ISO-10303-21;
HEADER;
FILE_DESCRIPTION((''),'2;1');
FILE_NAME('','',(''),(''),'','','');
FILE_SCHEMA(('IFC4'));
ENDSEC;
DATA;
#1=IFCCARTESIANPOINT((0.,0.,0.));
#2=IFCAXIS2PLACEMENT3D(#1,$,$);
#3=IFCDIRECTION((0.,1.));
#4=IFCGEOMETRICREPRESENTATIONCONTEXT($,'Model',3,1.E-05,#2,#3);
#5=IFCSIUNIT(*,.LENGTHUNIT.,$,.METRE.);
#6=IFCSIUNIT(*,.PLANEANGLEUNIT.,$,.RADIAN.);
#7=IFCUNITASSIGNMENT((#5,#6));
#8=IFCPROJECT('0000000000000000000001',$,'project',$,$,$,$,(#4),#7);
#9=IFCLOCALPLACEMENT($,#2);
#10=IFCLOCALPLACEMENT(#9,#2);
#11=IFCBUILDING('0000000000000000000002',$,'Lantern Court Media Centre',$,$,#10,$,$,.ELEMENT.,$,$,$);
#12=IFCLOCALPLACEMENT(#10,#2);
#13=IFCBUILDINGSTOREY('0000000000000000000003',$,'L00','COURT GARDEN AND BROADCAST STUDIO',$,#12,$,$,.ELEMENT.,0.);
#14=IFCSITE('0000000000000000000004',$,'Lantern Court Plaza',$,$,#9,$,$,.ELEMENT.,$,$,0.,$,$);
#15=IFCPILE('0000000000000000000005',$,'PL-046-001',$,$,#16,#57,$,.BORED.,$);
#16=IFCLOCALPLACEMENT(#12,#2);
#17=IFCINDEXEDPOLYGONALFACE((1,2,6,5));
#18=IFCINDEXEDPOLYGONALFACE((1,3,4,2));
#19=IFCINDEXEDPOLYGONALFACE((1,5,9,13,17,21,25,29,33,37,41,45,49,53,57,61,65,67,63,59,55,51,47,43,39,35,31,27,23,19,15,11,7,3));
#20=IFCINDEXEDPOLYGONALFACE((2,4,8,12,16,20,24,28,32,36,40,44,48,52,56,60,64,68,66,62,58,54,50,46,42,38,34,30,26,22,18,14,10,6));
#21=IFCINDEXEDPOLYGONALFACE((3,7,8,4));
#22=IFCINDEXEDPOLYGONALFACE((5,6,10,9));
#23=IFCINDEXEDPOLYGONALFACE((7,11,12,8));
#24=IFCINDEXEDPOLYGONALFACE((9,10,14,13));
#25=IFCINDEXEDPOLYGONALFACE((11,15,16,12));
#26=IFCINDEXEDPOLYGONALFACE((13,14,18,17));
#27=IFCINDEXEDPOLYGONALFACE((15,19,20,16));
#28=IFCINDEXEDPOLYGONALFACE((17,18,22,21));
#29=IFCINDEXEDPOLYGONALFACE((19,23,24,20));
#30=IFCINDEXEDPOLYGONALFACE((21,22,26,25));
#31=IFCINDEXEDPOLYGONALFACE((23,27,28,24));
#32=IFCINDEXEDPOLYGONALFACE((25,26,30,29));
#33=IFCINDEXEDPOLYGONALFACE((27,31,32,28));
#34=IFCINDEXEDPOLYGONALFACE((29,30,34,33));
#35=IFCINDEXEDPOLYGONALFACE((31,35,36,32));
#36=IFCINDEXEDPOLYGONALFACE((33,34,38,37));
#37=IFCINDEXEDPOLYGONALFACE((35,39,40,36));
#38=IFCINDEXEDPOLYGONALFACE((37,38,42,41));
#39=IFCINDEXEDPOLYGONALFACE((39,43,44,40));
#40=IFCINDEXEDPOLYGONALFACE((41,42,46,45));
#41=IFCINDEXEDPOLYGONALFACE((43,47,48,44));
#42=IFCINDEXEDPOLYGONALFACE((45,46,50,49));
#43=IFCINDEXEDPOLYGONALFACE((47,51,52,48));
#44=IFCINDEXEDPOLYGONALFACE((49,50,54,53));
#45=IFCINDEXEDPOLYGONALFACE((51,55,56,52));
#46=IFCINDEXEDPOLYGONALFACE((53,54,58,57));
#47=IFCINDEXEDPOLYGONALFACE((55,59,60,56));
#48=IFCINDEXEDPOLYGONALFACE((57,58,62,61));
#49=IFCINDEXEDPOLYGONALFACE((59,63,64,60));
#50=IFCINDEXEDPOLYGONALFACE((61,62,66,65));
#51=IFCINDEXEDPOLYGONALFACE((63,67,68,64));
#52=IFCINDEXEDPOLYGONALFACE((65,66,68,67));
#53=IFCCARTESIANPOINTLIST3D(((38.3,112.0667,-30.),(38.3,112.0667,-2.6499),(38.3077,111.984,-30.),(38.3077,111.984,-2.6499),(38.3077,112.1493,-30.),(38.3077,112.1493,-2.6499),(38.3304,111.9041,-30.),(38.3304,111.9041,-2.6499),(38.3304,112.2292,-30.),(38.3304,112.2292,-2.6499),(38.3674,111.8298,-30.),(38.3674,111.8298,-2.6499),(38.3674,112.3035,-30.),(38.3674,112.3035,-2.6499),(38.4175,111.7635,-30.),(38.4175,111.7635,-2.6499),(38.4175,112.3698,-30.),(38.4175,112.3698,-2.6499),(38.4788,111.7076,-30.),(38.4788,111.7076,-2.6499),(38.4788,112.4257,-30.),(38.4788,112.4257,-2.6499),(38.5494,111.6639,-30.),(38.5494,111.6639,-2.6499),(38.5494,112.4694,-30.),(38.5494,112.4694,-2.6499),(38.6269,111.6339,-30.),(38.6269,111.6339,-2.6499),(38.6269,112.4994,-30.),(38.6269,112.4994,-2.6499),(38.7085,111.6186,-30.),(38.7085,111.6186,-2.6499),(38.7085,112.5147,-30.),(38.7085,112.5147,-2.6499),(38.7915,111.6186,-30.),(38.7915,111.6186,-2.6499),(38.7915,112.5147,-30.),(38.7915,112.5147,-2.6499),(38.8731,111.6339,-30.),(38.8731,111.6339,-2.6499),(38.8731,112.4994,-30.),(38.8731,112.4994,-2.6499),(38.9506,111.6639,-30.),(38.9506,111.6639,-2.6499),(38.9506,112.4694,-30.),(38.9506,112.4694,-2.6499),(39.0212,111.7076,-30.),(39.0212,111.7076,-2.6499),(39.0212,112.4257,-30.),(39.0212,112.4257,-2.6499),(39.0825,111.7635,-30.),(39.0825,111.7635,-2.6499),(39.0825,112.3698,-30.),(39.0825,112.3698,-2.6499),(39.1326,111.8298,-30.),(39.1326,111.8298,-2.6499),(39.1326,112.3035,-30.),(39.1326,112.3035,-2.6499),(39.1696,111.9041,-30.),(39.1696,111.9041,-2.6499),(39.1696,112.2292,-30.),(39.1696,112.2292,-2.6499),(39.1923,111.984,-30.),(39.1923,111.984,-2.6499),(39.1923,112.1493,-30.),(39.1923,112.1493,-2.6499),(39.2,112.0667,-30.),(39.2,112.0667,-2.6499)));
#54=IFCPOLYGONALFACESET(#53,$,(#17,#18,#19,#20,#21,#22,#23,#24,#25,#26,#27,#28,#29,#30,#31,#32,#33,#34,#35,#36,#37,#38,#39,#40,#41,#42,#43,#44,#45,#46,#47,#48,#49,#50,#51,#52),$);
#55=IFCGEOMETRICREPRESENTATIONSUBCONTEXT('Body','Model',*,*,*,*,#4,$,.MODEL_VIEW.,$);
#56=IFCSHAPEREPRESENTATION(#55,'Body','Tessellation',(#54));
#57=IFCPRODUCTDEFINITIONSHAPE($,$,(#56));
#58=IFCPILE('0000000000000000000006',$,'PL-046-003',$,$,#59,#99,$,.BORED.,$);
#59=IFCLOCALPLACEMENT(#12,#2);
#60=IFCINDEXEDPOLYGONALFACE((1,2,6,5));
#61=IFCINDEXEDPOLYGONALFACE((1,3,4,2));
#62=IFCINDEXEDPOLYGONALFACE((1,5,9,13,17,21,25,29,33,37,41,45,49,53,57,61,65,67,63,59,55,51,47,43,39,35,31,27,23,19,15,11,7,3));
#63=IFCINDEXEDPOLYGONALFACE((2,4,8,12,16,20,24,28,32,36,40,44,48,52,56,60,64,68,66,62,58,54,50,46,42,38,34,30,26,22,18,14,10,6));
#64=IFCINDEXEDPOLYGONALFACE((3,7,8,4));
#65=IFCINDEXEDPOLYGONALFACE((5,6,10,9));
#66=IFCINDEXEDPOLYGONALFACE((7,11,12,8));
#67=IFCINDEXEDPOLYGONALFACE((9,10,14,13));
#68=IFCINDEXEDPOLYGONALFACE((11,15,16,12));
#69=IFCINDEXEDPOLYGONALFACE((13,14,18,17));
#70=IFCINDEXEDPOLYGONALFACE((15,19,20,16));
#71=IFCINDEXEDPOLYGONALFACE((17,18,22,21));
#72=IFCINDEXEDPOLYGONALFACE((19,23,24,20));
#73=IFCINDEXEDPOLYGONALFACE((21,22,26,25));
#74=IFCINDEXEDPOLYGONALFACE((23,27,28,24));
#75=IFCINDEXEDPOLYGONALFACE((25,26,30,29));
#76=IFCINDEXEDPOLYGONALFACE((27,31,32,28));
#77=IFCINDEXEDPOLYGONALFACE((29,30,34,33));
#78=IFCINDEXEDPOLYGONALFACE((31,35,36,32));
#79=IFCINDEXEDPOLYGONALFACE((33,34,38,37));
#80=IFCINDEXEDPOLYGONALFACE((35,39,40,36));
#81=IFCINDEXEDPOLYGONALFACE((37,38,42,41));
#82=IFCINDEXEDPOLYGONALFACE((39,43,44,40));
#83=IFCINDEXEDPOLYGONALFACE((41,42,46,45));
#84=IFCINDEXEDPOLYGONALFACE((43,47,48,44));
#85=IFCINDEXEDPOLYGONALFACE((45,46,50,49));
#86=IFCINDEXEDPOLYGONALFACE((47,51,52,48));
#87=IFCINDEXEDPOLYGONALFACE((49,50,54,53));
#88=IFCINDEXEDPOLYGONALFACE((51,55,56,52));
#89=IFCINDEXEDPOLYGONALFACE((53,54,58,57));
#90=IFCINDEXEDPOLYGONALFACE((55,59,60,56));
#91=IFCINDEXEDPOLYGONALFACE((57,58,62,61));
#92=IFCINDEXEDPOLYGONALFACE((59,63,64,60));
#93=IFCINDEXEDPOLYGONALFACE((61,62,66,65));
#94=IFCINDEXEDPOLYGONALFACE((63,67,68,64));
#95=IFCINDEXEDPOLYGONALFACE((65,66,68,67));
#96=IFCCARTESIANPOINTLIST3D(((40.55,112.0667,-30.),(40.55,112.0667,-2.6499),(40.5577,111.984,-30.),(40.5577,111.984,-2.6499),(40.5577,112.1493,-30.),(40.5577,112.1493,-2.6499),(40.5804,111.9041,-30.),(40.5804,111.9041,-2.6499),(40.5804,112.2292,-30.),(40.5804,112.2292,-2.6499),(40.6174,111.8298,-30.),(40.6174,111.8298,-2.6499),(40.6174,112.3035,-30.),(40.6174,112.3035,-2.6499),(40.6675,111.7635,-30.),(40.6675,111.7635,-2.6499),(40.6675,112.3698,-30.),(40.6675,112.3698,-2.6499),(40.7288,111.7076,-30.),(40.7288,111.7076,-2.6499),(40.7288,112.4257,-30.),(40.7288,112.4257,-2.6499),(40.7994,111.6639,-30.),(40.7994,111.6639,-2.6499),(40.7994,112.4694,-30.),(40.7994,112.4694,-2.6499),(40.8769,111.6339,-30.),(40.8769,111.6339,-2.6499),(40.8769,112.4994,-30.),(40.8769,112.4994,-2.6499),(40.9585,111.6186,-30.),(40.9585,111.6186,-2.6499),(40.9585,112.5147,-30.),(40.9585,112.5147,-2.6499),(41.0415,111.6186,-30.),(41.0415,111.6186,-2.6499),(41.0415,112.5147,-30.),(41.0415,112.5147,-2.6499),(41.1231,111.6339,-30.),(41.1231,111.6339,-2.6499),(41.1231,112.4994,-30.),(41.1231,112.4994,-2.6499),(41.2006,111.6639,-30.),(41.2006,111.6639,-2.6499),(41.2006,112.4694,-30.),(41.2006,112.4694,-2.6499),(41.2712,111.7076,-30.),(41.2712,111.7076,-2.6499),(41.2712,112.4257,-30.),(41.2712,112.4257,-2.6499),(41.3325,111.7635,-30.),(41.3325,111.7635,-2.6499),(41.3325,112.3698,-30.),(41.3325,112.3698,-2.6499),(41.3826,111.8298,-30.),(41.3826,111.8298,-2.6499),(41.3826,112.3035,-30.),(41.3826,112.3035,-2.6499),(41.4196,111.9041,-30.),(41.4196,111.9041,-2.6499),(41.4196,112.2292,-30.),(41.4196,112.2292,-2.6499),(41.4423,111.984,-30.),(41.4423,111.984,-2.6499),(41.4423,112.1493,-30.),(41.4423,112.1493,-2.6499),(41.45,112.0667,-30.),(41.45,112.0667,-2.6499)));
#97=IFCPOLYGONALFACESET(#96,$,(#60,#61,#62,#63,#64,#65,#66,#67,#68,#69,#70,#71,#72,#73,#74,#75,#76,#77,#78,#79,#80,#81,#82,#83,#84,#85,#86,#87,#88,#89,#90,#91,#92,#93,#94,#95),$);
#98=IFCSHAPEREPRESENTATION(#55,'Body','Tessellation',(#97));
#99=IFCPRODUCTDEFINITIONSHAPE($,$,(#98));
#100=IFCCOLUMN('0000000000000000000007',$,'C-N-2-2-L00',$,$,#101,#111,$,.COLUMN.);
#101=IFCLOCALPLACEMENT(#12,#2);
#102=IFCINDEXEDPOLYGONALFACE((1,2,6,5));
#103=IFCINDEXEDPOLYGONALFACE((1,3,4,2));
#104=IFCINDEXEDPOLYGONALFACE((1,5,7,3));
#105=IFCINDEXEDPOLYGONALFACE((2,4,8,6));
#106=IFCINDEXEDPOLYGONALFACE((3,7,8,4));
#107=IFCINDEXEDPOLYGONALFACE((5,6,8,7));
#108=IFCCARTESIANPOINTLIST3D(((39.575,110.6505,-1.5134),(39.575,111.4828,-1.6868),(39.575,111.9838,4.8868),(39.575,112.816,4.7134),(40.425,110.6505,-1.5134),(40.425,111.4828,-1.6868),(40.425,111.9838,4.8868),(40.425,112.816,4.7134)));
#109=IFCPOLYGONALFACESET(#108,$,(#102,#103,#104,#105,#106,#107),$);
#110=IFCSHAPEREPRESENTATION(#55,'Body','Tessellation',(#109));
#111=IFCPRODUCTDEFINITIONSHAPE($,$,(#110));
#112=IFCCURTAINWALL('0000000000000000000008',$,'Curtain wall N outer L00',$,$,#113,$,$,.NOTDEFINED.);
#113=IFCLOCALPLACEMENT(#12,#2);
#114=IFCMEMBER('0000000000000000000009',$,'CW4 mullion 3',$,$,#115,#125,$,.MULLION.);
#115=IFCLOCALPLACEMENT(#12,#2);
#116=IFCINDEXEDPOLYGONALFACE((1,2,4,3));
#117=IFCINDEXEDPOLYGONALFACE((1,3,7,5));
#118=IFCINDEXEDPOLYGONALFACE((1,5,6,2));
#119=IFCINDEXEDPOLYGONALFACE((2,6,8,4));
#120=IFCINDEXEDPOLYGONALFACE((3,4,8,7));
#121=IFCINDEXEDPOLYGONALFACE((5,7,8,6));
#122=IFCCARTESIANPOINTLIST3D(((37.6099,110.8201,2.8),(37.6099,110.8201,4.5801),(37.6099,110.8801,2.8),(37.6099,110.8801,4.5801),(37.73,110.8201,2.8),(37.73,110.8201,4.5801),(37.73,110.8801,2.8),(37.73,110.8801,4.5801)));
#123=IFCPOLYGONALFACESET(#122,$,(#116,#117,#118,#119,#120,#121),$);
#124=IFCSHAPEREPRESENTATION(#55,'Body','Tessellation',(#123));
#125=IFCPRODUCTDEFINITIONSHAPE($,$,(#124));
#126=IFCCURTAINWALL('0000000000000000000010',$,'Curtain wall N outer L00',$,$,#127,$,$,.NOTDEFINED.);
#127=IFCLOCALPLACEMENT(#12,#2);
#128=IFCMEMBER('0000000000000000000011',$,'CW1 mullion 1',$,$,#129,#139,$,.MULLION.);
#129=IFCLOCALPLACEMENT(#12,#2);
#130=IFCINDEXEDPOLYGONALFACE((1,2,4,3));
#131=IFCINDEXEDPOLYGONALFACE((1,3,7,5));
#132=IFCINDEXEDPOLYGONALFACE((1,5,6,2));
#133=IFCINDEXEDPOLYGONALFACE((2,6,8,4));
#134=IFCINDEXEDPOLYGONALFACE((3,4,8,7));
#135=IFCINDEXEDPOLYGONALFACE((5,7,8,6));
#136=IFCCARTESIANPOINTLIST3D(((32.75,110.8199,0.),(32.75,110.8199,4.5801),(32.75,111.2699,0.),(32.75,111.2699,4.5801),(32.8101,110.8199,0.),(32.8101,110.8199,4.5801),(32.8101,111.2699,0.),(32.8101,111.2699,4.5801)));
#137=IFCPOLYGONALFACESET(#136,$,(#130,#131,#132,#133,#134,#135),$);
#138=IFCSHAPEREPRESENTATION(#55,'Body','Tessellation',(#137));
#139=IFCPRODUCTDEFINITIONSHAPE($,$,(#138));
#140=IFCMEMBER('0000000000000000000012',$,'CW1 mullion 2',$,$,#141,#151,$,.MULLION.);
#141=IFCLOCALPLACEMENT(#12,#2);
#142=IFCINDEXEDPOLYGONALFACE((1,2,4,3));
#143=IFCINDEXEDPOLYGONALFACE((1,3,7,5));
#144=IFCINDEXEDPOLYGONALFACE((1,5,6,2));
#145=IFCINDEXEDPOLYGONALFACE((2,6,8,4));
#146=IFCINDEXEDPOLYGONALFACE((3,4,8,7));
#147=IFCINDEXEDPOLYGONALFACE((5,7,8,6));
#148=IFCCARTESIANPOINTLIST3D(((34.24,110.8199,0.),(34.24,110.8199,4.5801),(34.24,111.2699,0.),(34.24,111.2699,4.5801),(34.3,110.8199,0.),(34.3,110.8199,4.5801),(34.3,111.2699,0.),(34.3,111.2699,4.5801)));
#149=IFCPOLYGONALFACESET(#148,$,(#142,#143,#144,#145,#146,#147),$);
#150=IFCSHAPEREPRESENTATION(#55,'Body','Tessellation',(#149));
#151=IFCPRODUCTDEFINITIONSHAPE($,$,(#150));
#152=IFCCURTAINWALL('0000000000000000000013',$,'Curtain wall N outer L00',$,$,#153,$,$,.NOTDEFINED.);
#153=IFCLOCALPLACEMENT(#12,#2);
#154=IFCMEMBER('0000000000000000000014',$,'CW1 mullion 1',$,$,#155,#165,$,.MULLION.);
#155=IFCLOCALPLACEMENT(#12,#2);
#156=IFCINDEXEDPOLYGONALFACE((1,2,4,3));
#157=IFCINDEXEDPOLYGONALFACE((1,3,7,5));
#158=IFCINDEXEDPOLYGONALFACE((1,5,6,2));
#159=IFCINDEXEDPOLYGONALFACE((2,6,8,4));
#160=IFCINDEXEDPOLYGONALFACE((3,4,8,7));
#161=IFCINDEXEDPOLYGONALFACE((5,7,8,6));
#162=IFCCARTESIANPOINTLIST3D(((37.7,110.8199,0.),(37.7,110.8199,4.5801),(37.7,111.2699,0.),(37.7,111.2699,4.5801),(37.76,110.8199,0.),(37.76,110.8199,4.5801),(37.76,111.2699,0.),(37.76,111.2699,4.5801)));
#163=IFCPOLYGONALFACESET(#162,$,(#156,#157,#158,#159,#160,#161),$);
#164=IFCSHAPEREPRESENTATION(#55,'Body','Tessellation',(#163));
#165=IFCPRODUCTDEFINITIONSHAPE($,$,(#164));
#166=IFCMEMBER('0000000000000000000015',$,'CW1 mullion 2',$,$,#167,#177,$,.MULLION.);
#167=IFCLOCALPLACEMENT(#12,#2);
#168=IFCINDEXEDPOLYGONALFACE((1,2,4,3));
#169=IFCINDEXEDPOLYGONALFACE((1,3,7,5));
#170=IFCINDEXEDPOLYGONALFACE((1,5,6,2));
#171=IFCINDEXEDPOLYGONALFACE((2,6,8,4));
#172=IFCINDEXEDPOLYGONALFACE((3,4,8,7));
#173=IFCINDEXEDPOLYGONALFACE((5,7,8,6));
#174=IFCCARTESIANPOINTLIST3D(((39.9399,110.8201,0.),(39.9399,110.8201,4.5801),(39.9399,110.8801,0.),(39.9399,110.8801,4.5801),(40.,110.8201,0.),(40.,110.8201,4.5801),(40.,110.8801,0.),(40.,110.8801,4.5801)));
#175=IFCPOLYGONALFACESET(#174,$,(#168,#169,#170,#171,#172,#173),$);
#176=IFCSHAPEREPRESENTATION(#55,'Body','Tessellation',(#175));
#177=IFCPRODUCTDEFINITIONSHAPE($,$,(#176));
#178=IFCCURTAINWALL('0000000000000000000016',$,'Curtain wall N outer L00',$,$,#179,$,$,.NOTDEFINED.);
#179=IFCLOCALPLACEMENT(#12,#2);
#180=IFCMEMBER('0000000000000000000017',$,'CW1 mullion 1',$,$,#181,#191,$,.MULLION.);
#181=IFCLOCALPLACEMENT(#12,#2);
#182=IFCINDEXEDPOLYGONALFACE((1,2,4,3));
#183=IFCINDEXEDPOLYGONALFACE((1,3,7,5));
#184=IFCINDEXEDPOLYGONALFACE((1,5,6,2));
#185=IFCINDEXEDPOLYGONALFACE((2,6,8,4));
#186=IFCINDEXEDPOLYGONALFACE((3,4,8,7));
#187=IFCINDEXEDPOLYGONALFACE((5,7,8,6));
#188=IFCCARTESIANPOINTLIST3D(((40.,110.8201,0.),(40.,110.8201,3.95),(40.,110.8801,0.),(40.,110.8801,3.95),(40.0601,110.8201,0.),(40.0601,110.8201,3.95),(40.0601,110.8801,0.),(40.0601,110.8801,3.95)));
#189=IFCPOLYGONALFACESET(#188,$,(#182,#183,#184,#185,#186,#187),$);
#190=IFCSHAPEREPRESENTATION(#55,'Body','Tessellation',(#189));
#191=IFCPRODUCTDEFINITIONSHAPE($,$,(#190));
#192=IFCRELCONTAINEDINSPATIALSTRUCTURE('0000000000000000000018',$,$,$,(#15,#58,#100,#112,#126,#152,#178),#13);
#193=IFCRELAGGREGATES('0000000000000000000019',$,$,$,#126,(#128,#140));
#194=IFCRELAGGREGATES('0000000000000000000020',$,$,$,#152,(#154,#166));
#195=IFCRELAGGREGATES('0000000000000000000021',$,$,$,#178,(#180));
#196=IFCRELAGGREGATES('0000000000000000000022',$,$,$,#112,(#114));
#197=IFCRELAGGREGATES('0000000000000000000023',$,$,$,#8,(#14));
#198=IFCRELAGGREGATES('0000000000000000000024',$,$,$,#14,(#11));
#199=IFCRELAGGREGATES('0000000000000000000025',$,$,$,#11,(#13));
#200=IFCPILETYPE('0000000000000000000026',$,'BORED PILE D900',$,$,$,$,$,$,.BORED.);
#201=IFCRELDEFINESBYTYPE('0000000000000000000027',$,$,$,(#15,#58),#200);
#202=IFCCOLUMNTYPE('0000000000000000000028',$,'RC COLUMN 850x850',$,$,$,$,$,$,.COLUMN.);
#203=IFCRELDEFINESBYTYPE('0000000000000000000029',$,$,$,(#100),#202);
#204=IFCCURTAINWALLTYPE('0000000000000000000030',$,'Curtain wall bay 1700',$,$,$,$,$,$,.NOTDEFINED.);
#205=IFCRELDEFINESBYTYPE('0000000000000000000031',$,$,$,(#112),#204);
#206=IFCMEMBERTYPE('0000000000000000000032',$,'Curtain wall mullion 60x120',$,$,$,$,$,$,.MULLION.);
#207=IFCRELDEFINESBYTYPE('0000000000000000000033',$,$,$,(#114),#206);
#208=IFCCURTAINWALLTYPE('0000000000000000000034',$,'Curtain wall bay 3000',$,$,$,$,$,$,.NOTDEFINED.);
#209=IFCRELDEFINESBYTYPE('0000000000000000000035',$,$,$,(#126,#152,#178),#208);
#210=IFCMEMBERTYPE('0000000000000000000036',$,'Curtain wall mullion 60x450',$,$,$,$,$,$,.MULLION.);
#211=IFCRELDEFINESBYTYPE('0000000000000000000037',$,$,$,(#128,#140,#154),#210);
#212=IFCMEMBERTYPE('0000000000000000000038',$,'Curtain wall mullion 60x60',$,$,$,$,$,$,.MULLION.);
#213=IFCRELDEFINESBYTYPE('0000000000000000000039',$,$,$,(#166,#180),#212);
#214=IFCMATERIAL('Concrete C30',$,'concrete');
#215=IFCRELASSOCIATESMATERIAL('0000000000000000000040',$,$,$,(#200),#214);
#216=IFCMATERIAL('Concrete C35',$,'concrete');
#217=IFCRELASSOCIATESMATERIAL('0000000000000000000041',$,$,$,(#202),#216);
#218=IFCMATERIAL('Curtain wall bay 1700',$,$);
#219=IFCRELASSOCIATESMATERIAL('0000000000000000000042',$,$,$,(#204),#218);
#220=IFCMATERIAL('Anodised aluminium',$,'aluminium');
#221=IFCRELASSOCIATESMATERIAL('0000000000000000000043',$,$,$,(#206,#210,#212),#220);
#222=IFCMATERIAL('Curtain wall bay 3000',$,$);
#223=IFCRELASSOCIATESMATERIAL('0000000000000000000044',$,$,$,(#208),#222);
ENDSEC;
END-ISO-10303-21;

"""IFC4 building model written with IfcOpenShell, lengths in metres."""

from ifc_helpers import new_model, si_unit, direction, frame, origin, origin_2d, place, context, subcontext, project, spatial, rectangle, circle, extrude, material, material_profile, profile_set, type_object, element, aggregate, save


model = new_model("IFC4")

# Units and contexts
model_context = context("Model", 3, precision=1e-05, world=origin(), true_north=direction((0.0, 1.0)))
body_context = subcontext(model_context, "Body", "Model", "MODEL_VIEW")
ifc_project = project(units=[si_unit("LENGTHUNIT", "METRE"), si_unit("PLANEANGLEUNIT", "RADIAN")], contexts=[model_context])

# Site, building, storey
site_placement = place(None, origin())
site = spatial("IfcSite", under=ifc_project, at=site_placement, Name="Lantern Court Plaza", CompositionType="ELEMENT", RefElevation=0.0)
building_placement = place(site_placement, origin())
building = spatial("IfcBuilding", under=site, at=building_placement, Name="Lantern Court Media Centre", CompositionType="ELEMENT")
storey_placement = place(building_placement, origin())
storey = spatial("IfcBuildingStorey", under=building, at=storey_placement, Name="L00", Description="COURT GARDEN AND BROADCAST STUDIO", CompositionType="ELEMENT", Elevation=0.0)

# Piles
ifc_material_1 = material(Name="Concrete C30", Category="concrete")
ifc_material_profile_1 = material_profile(ifc_material_1, circle(Radius=0.45, at=origin_2d()), Name="D900")
ifc_profile_set_1 = profile_set([ifc_material_profile_1], Name="Concrete C30")
pile_type = type_object("IfcPileType", Name="BORED PILE D900", PredefinedType="BORED", material=ifc_profile_set_1)
for number, where, z_axis, x_axis, name in (
    (1, (38.75, 112.0667, -2.6499), (0.0, 0.0, -1.0), (1.0, 0.0, 0.0), "PL-046-001"),
    (2, (41.0, 112.0667, -2.6499), (0.0, 0.0, -1.0), (1.0, 0.0, 0.0), "PL-046-003"),
):
    element("IfcPile", number, at=place(storey_placement, frame(where, z_axis=z_axis, x_axis=x_axis)), inside=storey, type_object=pile_type, Name=name, PredefinedType="BORED", context=body_context, shape_type="SweptSolid", body=[
        extrude(circle(Radius=0.45, at=origin_2d()), origin(), (0.0, 0.0, 1.0), 27.3501),
    ])

# Column
ifc_material_2 = material(Name="Concrete C35", Category="concrete")
ifc_material_profile_2 = material_profile(ifc_material_2, rectangle(XDim=0.8501, YDim=0.8501, at=origin_2d()), Name="RC 850x850")
ifc_profile_set_2 = profile_set([ifc_material_profile_2], Name="Concrete C35")
column_type = type_object("IfcColumnType", Name="RC COLUMN 850x850", PredefinedType="COLUMN", material=ifc_profile_set_2)
column_placement = place(storey_placement, frame((40.0, 111.0667, -1.6001), z_axis=(0.0, 0.203938, 0.978984), x_axis=(-1.0, 0.0, 0.0)))
element("IfcColumn", 3, at=column_placement, inside=storey, type_object=column_type, Name="C-N-2-2-L00", PredefinedType="COLUMN", context=body_context, shape_type="SweptSolid", body=[
    extrude(rectangle(XDim=0.8501, YDim=0.8501, at=origin_2d()), origin(), (0.0, 0.0, 1.0), 6.5376),
])

# Curtain wall, member
ifc_material_3 = material(Name="Curtain wall bay 1700")
curtain_wall_type_1 = type_object("IfcCurtainWallType", Name="Curtain wall bay 1700", PredefinedType="NOTDEFINED", material=ifc_material_3)
curtain_wall_1_placement = place(storey_placement, origin())
curtain_wall_1 = element("IfcCurtainWall", 4, at=curtain_wall_1_placement, inside=storey, type_object=curtain_wall_type_1, Name="Curtain wall N outer L00", PredefinedType="NOTDEFINED")
ifc_material_4 = material(Name="Anodised aluminium", Category="aluminium")
ifc_material_profile_3 = material_profile(ifc_material_4, rectangle(XDim=0.0601, YDim=0.1201, at=origin_2d()), Name="AL 60x120")
ifc_profile_set_3 = profile_set([ifc_material_profile_3], Name="Anodised aluminium")
member_type_1 = type_object("IfcMemberType", Name="Curtain wall mullion 60x120", PredefinedType="MULLION", material=ifc_profile_set_3)
member_1_placement = place(storey_placement, frame((37.6699, 110.8501, 2.8), z_axis=(0.0, 0.0, 1.0), x_axis=(0.0, 1.0, 0.0)))
member_1 = element("IfcMember", 5, at=member_1_placement, type_object=member_type_1, Name="CW4 mullion 3", PredefinedType="MULLION", context=body_context, shape_type="SweptSolid", body=[
    extrude(rectangle(XDim=0.0601, YDim=0.1201, at=origin_2d()), origin(), (0.0, 0.0, 1.0), 1.78),
])

# Curtain walls, members
ifc_material_5 = material(Name="Curtain wall bay 3000")
curtain_wall_type_2 = type_object("IfcCurtainWallType", Name="Curtain wall bay 3000", PredefinedType="NOTDEFINED", material=ifc_material_5)
curtain_wall_2_placement = place(storey_placement, origin())
curtain_wall_2 = element("IfcCurtainWall", 6, at=curtain_wall_2_placement, inside=storey, type_object=curtain_wall_type_2, Name="Curtain wall N outer L00", PredefinedType="NOTDEFINED")
ifc_material_profile_4 = material_profile(ifc_material_4, rectangle(XDim=0.45, YDim=0.0601, at=origin_2d()), Name="AL 60x450")
ifc_profile_set_4 = profile_set([ifc_material_profile_4], Name="Anodised aluminium")
member_type_2 = type_object("IfcMemberType", Name="Curtain wall mullion 60x450", PredefinedType="MULLION", material=ifc_profile_set_4)
member_2_placement = place(storey_placement, frame((32.78, 111.0449, 0.0), z_axis=(0.0, 0.0, 1.0), x_axis=(0.0, 1.0, 0.0)))
member_2 = element("IfcMember", 7, at=member_2_placement, type_object=member_type_2, Name="CW1 mullion 1", PredefinedType="MULLION", context=body_context, shape_type="SweptSolid", body=[
    extrude(rectangle(XDim=0.45, YDim=0.0601, at=origin_2d()), origin(), (0.0, 0.0, 1.0), 4.5801),
])
member_3_placement = place(storey_placement, frame((34.27, 111.0449, 0.0), z_axis=(0.0, 0.0, 1.0), x_axis=(0.0, 1.0, 0.0)))
member_3 = element("IfcMember", 8, at=member_3_placement, type_object=member_type_2, Name="CW1 mullion 2", PredefinedType="MULLION", context=body_context, shape_type="SweptSolid", body=[
    extrude(rectangle(XDim=0.45, YDim=0.0601, at=origin_2d()), origin(), (0.0, 0.0, 1.0), 4.5801),
])
aggregate(curtain_wall_2, [member_2, member_3])
curtain_wall_3_placement = place(storey_placement, origin())
curtain_wall_3 = element("IfcCurtainWall", 9, at=curtain_wall_3_placement, inside=storey, type_object=curtain_wall_type_2, Name="Curtain wall N outer L00", PredefinedType="NOTDEFINED")
member_4_placement = place(storey_placement, frame((37.73, 111.0449, 0.0), z_axis=(0.0, 0.0, 1.0), x_axis=(0.0, 1.0, 0.0)))
member_4 = element("IfcMember", 10, at=member_4_placement, type_object=member_type_2, Name="CW1 mullion 1", PredefinedType="MULLION", context=body_context, shape_type="SweptSolid", body=[
    extrude(rectangle(XDim=0.45, YDim=0.0601, at=origin_2d()), origin(), (0.0, 0.0, 1.0), 4.5801),
])
ifc_material_profile_5 = material_profile(ifc_material_4, rectangle(XDim=0.0601, YDim=0.0601, at=origin_2d()), Name="AL 60x60")
ifc_profile_set_5 = profile_set([ifc_material_profile_5], Name="Anodised aluminium")
member_type_3 = type_object("IfcMemberType", Name="Curtain wall mullion 60x60", PredefinedType="MULLION", material=ifc_profile_set_5)
member_5_placement = place(storey_placement, frame((39.97, 110.8501, 0.0), z_axis=(0.0, 0.0, 1.0), x_axis=(0.0, 1.0, 0.0)))
member_5 = element("IfcMember", 11, at=member_5_placement, type_object=member_type_3, Name="CW1 mullion 2", PredefinedType="MULLION", context=body_context, shape_type="SweptSolid", body=[
    extrude(rectangle(XDim=0.0601, YDim=0.0601, at=origin_2d()), origin(), (0.0, 0.0, 1.0), 4.5801),
])

# Curtain wall, member
curtain_wall_4_placement = place(storey_placement, origin())
curtain_wall_4 = element("IfcCurtainWall", 12, at=curtain_wall_4_placement, inside=storey, type_object=curtain_wall_type_2, Name="Curtain wall N outer L00", PredefinedType="NOTDEFINED")
member_6_placement = place(storey_placement, frame((40.03, 110.8501, 0.0), z_axis=(0.0, 0.0, 1.0), x_axis=(0.0, 1.0, 0.0)))
member_6 = element("IfcMember", 13, at=member_6_placement, type_object=member_type_3, Name="CW1 mullion 1", PredefinedType="MULLION", context=body_context, shape_type="SweptSolid", body=[
    extrude(rectangle(XDim=0.0601, YDim=0.0601, at=origin_2d()), origin(), (0.0, 0.0, 1.0), 3.95),
])

aggregate(curtain_wall_3, [member_4, member_5])
aggregate(curtain_wall_4, [member_6])
aggregate(curtain_wall_1, [member_1])

save(model, "model.ifc")
